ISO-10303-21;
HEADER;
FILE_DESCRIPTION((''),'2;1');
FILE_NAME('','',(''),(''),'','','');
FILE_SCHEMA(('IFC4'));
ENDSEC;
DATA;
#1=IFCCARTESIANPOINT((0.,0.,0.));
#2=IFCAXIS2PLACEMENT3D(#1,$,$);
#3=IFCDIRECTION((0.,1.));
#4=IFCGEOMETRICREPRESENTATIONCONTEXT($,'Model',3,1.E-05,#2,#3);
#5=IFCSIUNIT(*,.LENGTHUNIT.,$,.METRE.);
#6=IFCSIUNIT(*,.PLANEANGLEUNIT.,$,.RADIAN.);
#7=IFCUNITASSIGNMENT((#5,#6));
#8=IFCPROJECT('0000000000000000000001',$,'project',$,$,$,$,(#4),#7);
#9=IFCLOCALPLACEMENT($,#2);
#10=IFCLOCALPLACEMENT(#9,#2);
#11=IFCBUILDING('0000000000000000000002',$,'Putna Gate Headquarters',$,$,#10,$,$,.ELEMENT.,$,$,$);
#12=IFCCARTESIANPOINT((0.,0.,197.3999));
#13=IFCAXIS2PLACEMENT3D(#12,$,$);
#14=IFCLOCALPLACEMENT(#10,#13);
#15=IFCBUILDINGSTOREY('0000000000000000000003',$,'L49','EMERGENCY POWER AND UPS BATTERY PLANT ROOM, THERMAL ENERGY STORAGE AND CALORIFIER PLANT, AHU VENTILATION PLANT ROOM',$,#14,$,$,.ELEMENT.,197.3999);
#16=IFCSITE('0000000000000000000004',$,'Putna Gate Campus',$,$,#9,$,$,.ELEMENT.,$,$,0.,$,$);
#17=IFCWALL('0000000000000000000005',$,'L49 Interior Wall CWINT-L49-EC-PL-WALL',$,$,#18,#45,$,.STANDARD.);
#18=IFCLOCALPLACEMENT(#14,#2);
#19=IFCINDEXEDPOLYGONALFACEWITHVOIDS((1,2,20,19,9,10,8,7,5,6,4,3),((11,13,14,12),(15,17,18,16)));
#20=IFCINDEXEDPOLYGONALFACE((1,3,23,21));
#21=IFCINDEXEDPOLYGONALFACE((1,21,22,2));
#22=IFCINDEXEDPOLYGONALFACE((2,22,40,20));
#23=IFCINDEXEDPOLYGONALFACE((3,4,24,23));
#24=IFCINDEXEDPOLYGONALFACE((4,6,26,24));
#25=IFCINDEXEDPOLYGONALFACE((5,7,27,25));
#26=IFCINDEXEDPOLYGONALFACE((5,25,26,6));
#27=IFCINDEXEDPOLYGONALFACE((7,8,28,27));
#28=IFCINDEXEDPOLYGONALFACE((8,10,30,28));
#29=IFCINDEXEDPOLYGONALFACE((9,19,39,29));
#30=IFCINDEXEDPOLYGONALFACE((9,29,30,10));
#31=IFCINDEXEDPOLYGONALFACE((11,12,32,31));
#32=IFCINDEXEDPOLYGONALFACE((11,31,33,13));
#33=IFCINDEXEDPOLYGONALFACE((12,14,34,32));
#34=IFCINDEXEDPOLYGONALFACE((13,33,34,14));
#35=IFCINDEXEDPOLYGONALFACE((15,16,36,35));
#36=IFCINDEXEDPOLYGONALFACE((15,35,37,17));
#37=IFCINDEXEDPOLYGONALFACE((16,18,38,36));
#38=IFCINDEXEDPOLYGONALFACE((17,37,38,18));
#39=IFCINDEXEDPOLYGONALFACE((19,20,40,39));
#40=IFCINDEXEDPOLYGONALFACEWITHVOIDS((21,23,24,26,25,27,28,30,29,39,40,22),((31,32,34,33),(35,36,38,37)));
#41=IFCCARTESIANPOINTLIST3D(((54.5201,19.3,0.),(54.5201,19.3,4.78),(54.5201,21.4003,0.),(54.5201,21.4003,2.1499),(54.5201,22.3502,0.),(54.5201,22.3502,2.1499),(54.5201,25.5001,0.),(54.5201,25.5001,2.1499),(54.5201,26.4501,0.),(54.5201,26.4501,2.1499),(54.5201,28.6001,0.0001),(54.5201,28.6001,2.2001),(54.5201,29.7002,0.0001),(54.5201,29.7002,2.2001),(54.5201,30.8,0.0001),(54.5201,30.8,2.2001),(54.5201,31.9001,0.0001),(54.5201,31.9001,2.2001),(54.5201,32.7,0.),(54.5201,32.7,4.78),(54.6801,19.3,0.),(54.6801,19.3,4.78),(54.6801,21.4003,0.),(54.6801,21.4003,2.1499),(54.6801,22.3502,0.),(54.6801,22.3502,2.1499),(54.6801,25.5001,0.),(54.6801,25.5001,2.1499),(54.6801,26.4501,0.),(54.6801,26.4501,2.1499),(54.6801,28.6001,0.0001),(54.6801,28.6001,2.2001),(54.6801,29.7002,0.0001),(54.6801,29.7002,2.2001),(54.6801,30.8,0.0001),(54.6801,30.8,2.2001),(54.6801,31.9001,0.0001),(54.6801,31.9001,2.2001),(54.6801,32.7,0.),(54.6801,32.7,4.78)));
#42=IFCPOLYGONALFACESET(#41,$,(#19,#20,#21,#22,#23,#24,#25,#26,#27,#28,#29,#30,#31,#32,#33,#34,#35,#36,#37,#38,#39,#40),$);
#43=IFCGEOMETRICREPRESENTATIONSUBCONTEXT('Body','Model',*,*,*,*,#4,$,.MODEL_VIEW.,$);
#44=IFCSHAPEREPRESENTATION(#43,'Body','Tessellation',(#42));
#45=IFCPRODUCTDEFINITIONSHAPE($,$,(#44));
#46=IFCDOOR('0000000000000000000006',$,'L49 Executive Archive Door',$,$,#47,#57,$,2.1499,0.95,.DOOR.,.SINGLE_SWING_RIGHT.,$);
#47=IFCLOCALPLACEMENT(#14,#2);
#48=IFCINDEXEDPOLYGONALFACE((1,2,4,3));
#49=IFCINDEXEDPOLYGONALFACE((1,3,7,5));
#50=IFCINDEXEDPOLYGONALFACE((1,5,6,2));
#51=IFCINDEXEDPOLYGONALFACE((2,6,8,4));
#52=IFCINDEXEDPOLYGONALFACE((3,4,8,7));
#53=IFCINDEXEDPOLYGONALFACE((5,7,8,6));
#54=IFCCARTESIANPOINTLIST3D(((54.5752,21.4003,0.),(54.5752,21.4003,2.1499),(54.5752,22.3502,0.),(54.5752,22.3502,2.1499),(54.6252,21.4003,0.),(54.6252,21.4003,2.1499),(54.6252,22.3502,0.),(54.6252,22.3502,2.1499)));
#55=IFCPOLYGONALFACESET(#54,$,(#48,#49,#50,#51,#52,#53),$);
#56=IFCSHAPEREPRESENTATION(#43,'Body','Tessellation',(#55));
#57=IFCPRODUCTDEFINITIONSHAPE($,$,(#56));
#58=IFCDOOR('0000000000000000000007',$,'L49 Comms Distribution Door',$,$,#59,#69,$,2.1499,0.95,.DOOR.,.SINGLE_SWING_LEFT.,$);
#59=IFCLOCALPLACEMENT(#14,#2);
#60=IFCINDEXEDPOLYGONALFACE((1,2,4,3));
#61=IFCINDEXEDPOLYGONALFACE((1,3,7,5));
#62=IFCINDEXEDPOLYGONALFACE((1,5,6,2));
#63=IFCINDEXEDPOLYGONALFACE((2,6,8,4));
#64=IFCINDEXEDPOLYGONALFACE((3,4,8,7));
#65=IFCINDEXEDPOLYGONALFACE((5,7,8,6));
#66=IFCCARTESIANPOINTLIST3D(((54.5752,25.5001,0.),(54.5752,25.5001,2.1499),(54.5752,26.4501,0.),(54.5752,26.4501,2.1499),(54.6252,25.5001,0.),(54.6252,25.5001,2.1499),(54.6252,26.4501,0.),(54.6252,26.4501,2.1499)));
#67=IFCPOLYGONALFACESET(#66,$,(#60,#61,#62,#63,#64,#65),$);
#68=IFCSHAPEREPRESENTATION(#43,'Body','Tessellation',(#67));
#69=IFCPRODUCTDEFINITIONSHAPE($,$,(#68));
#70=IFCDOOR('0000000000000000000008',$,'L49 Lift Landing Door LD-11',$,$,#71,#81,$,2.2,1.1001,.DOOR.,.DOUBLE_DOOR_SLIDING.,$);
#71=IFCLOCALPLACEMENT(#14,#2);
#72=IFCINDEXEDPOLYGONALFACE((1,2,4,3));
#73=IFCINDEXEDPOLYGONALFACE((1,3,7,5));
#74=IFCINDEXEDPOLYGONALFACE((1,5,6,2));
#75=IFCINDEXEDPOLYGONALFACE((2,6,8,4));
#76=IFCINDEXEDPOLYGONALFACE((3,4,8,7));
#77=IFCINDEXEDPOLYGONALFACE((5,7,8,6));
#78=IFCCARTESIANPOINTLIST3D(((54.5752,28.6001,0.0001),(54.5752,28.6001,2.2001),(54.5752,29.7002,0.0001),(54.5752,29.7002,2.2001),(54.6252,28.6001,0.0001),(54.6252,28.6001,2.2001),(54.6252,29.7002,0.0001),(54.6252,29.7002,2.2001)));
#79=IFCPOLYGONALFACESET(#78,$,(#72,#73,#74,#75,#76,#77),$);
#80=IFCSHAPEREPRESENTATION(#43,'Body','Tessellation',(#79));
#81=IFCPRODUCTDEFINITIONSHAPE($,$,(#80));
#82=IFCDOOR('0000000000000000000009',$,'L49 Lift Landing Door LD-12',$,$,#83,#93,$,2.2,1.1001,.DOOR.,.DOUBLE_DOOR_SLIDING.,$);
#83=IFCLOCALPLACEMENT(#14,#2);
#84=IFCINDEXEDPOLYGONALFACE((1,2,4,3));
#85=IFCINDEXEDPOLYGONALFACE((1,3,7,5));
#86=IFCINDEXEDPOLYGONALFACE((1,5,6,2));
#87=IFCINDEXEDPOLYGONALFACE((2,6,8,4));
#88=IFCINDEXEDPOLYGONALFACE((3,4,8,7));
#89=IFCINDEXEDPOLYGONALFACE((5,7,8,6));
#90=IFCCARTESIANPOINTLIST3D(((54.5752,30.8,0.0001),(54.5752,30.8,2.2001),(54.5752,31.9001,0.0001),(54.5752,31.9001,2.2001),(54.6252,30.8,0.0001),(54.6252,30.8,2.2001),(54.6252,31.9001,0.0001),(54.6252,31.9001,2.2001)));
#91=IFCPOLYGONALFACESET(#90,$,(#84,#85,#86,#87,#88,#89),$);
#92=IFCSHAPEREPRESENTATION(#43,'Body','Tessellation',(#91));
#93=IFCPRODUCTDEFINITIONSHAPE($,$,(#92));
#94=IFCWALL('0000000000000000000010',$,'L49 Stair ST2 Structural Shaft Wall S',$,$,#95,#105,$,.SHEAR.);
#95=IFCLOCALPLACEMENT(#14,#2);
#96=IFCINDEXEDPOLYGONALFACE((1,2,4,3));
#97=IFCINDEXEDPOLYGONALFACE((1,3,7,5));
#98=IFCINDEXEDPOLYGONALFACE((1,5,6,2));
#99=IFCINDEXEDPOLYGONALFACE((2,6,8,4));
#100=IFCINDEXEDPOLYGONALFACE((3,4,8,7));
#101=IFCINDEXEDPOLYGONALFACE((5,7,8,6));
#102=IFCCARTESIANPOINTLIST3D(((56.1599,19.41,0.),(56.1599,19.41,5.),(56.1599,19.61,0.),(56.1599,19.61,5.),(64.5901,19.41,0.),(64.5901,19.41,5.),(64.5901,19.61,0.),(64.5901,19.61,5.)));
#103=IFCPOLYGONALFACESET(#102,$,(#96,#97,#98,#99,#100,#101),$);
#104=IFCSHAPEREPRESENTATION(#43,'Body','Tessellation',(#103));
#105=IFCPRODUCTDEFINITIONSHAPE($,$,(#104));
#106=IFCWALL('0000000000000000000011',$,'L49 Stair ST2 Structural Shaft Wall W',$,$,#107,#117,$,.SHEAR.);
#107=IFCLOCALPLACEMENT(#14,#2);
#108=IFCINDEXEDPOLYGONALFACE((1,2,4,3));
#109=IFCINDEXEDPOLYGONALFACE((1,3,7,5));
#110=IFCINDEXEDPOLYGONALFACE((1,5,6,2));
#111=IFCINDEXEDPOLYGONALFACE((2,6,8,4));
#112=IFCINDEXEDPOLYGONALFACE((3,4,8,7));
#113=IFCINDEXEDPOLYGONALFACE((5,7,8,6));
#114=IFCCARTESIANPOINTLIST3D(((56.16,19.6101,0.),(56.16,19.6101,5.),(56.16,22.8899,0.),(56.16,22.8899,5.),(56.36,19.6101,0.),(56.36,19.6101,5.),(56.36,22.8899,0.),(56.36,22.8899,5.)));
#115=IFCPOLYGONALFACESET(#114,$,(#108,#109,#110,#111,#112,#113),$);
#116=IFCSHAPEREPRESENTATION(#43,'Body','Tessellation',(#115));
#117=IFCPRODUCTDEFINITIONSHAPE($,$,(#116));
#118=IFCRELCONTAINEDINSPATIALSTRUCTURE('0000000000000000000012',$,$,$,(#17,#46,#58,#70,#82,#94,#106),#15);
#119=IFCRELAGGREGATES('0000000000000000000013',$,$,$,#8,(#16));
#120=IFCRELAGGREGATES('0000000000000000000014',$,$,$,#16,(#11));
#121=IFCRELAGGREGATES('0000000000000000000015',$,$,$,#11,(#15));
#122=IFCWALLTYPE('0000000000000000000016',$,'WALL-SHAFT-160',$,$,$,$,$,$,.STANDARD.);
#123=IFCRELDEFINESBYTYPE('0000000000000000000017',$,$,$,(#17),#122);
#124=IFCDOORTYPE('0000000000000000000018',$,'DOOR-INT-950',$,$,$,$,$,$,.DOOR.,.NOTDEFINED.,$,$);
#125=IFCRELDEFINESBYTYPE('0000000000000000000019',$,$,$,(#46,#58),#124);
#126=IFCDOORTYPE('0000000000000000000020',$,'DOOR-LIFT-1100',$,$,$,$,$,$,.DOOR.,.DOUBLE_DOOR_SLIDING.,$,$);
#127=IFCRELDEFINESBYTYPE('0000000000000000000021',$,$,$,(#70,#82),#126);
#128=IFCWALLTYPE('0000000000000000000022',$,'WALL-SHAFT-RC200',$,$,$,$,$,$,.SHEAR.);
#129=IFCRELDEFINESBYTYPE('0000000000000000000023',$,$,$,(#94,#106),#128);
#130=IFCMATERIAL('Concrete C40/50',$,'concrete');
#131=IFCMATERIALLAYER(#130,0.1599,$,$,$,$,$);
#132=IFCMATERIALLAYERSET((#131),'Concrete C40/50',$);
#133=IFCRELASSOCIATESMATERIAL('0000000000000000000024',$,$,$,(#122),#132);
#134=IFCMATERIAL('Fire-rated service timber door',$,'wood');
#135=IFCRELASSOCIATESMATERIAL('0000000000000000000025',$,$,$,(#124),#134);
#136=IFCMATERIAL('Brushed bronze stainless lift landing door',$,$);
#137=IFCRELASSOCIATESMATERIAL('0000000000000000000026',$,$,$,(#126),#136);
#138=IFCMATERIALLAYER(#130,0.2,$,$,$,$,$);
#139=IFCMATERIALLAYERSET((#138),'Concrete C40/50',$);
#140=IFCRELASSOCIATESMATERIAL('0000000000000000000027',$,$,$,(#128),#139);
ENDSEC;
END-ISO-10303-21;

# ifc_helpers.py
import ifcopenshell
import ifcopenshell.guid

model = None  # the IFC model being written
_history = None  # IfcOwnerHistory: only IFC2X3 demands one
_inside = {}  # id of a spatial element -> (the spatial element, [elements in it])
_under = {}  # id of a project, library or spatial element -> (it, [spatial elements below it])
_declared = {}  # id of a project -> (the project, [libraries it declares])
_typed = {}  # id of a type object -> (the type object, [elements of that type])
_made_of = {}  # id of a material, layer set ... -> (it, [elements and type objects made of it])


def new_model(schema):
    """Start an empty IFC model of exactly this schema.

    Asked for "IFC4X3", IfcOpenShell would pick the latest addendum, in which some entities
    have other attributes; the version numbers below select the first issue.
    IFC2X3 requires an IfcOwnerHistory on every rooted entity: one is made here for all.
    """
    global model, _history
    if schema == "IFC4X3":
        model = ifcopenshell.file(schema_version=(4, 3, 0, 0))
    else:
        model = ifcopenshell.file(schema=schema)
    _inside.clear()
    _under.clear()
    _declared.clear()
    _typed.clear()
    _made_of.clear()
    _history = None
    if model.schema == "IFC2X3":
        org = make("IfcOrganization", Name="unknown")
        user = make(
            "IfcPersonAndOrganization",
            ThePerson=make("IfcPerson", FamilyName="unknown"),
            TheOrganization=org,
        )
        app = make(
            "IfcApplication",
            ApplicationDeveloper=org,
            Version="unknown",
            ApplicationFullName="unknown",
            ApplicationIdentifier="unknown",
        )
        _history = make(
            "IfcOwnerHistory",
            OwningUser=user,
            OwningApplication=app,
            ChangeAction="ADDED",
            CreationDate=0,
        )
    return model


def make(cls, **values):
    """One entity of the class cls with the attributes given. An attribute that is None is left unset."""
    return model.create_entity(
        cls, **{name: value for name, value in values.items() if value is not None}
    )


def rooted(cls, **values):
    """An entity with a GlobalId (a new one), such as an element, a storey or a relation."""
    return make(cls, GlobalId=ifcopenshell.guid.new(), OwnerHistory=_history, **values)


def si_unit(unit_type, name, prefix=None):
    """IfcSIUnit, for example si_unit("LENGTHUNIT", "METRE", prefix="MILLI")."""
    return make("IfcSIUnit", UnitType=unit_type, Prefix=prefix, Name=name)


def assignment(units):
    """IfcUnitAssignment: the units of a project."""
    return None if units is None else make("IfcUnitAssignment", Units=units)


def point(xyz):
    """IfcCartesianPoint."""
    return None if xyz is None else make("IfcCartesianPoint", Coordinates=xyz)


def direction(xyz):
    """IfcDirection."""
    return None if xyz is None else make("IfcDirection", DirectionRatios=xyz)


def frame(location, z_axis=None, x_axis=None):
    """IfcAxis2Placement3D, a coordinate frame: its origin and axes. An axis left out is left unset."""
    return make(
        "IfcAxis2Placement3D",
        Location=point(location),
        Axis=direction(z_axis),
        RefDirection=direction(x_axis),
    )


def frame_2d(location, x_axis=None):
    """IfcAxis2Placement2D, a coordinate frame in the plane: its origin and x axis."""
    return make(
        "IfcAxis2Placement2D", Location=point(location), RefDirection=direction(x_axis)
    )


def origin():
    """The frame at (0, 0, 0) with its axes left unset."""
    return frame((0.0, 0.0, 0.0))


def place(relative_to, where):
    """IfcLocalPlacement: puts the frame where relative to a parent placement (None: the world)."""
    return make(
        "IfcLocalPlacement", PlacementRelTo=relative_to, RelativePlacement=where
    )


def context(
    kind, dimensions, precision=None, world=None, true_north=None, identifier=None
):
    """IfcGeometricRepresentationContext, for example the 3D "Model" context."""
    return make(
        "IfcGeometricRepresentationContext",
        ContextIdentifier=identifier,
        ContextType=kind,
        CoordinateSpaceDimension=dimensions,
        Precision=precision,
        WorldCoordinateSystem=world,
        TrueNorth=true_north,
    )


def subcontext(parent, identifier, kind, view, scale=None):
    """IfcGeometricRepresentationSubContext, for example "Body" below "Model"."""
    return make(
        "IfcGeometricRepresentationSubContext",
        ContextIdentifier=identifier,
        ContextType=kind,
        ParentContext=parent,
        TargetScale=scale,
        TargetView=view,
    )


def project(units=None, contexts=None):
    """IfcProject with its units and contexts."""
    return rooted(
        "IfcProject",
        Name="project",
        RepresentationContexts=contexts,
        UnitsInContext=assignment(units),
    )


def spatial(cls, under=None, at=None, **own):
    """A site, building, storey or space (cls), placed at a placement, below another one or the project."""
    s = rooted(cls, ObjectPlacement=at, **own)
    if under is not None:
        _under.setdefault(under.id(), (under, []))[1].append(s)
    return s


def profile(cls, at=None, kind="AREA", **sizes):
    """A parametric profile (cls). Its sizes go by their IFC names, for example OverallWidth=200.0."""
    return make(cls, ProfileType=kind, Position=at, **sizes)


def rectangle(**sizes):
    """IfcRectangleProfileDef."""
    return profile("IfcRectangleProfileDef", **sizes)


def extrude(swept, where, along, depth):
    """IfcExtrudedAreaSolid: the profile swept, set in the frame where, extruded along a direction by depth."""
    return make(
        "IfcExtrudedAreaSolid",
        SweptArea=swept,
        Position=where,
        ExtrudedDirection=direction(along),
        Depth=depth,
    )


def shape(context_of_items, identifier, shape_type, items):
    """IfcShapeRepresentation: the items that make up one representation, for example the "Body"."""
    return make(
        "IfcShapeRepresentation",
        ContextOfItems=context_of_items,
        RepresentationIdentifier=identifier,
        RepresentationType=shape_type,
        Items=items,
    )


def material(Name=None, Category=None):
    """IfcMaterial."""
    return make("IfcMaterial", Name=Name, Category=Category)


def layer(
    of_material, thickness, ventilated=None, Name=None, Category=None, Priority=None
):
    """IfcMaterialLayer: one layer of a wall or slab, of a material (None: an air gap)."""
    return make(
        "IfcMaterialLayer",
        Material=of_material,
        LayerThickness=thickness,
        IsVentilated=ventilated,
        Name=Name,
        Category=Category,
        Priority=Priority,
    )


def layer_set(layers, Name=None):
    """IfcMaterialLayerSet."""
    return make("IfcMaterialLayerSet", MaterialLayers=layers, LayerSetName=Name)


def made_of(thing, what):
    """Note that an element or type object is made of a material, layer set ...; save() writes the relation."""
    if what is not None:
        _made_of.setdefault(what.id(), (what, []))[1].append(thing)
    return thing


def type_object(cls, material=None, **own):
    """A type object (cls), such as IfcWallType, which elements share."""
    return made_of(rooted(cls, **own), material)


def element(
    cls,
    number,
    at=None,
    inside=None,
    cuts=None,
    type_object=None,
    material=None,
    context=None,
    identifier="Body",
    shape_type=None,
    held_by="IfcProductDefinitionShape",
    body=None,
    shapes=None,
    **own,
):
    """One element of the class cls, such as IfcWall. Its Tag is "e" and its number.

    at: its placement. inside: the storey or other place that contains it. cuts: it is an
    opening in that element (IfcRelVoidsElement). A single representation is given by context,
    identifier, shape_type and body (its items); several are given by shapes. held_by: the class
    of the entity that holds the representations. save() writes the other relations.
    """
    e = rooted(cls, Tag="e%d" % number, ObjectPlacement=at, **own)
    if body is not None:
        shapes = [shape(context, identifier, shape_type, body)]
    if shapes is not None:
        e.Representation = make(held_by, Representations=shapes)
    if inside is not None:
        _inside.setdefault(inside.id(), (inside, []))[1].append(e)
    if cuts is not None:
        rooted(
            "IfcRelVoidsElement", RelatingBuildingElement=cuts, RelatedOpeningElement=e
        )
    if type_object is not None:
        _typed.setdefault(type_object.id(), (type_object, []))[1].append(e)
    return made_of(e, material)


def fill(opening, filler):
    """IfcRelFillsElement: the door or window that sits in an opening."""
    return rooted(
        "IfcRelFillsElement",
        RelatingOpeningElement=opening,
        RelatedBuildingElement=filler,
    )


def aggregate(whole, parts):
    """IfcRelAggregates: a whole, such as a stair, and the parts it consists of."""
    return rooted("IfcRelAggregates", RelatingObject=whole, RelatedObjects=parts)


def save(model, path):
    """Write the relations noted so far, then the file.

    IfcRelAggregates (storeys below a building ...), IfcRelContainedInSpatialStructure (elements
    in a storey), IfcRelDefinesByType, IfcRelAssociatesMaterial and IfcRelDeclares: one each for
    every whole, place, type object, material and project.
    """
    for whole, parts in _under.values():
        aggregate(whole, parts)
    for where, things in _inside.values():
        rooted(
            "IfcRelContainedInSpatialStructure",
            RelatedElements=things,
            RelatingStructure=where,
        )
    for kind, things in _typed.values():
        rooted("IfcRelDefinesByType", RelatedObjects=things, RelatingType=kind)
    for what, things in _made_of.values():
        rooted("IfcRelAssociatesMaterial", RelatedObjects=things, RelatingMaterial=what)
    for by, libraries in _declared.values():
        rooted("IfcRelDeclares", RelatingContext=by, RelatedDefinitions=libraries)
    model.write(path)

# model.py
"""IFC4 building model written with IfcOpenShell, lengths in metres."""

from ifc_helpers import new_model, si_unit, direction, frame, frame_2d, origin, place, context, subcontext, project, spatial, rectangle, extrude, material, layer, layer_set, type_object, element, fill, save


model = new_model("IFC4")

# Units and contexts
model_context = context("Model", 3, precision=1e-05, world=origin(), true_north=direction((0.0, 1.0)))
body_context = subcontext(model_context, "Body", "Model", "MODEL_VIEW")
ifc_project = project(units=[si_unit("LENGTHUNIT", "METRE"), si_unit("PLANEANGLEUNIT", "RADIAN")], contexts=[model_context])

# Site, building, storey
site_placement = place(None, origin())
site = spatial("IfcSite", under=ifc_project, at=site_placement, Name="Putna Gate Campus", CompositionType="ELEMENT", RefElevation=0.0)
building_placement = place(site_placement, origin())
building = spatial("IfcBuilding", under=site, at=building_placement, Name="Putna Gate Headquarters", CompositionType="ELEMENT")
storey_placement = place(building_placement, frame((0.0, 0.0, 197.3999)))
storey = spatial("IfcBuildingStorey", under=building, at=storey_placement, Name="L49", Description="EMERGENCY POWER AND UPS BATTERY PLANT ROOM, THERMAL ENERGY STORAGE AND CALORIFIER PLANT, AHU VENTILATION PLANT ROOM", CompositionType="ELEMENT", Elevation=197.3999)

# Wall, openings, doors
ifc_material_1 = material(Name="Concrete C40/50", Category="concrete")
ifc_layer_1 = layer(ifc_material_1, 0.1599)
ifc_layer_set_1 = layer_set([ifc_layer_1], Name="Concrete C40/50")
wall_type_1 = type_object("IfcWallType", Name="WALL-SHAFT-160", PredefinedType="STANDARD", material=ifc_layer_set_1)
wall_1_placement = place(storey_placement, frame((54.6001, 19.3, 0.0), z_axis=(0.0, 0.0, 1.0), x_axis=(0.0, 1.0, 0.0)))
wall_1 = element("IfcWall", 1, at=wall_1_placement, inside=storey, type_object=wall_type_1, Name="L49 Interior Wall CWINT-L49-EC-PL-WALL", PredefinedType="STANDARD", context=body_context, shape_type="SweptSolid", body=[
    extrude(rectangle(XDim=13.3999, YDim=0.1599, at=frame_2d((6.7, 0.0))), origin(), (0.0, 0.0, 1.0), 4.78),
])
opening_1_placement = place(wall_1_placement, frame((2.1001, 0.0, 0.0)))
opening_1 = element("IfcOpeningElement", 2, at=opening_1_placement, cuts=wall_1, PredefinedType="OPENING", context=body_context, shape_type="SweptSolid", body=[
    extrude(rectangle(XDim=0.95, YDim=2.1499, at=frame_2d((0.4751, 1.075))), frame((0.0, 0.0898, 0.0), z_axis=(0.0, -1.0, 0.0), x_axis=(1.0, 0.0, 0.0)), (0.0, 0.0, 1.0), 0.1799),
])
opening_2_placement = place(wall_1_placement, frame((6.2, 0.0, 0.0)))
opening_2 = element("IfcOpeningElement", 3, at=opening_2_placement, cuts=wall_1, PredefinedType="OPENING", context=body_context, shape_type="SweptSolid", body=[
    extrude(rectangle(XDim=0.95, YDim=2.1499, at=frame_2d((0.4751, 1.075))), frame((0.0, 0.0898, 0.0), z_axis=(0.0, -1.0, 0.0), x_axis=(1.0, 0.0, 0.0)), (0.0, 0.0, 1.0), 0.1799),
])
opening_3_placement = place(wall_1_placement, frame((9.3, 0.0, 0.0)))
opening_3 = element("IfcOpeningElement", 4, at=opening_3_placement, cuts=wall_1, PredefinedType="OPENING", context=body_context, shape_type="SweptSolid", body=[
    extrude(rectangle(XDim=1.1001, YDim=2.2, at=frame_2d((0.55, 1.1001))), frame((0.0, 0.0898, 0.0), z_axis=(0.0, -1.0, 0.0), x_axis=(1.0, 0.0, 0.0)), (0.0, 0.0, 1.0), 0.1799),
])
opening_4_placement = place(wall_1_placement, frame((11.5, 0.0, 0.0)))
opening_4 = element("IfcOpeningElement", 5, at=opening_4_placement, cuts=wall_1, PredefinedType="OPENING", context=body_context, shape_type="SweptSolid", body=[
    extrude(rectangle(XDim=1.1001, YDim=2.2, at=frame_2d((0.55, 1.1001))), frame((0.0, 0.0898, 0.0), z_axis=(0.0, -1.0, 0.0), x_axis=(1.0, 0.0, 0.0)), (0.0, 0.0, 1.0), 0.1799),
])
ifc_material_2 = material(Name="Fire-rated service timber door", Category="wood")
door_type_1 = type_object("IfcDoorType", Name="DOOR-INT-950", OperationType="NOTDEFINED", PredefinedType="DOOR", material=ifc_material_2)
door_1_placement = place(opening_1_placement, origin())
door_1 = element("IfcDoor", 6, at=door_1_placement, inside=storey, type_object=door_type_1, Name="L49 Executive Archive Door", OperationType="SINGLE_SWING_RIGHT", OverallHeight=2.1499, OverallWidth=0.95, PredefinedType="DOOR", context=body_context, shape_type="SweptSolid", body=[
    extrude(rectangle(XDim=0.95, YDim=2.1499, at=frame_2d((0.4751, 1.075))), frame((0.0, 0.0249, 0.0), z_axis=(0.0, -1.0, 0.0), x_axis=(1.0, 0.0, 0.0)), (0.0, 0.0, 1.0), 0.05),
])
fill(opening_1, door_1)
door_2_placement = place(opening_2_placement, origin())
door_2 = element("IfcDoor", 7, at=door_2_placement, inside=storey, type_object=door_type_1, Name="L49 Comms Distribution Door", OperationType="SINGLE_SWING_LEFT", OverallHeight=2.1499, OverallWidth=0.95, PredefinedType="DOOR", context=body_context, shape_type="SweptSolid", body=[
    extrude(rectangle(XDim=0.95, YDim=2.1499, at=frame_2d((0.4751, 1.075))), frame((0.0, 0.0249, 0.0), z_axis=(0.0, -1.0, 0.0), x_axis=(1.0, 0.0, 0.0)), (0.0, 0.0, 1.0), 0.05),
])
fill(opening_2, door_2)
ifc_material_3 = material(Name="Brushed bronze stainless lift landing door")
door_type_2 = type_object("IfcDoorType", Name="DOOR-LIFT-1100", OperationType="DOUBLE_DOOR_SLIDING", PredefinedType="DOOR", material=ifc_material_3)
door_3_placement = place(opening_3_placement, origin())
door_3 = element("IfcDoor", 8, at=door_3_placement, inside=storey, type_object=door_type_2, Name="L49 Lift Landing Door LD-11", OperationType="DOUBLE_DOOR_SLIDING", OverallHeight=2.2, OverallWidth=1.1001, PredefinedType="DOOR", context=body_context, shape_type="SweptSolid", body=[
    extrude(rectangle(XDim=1.1001, YDim=2.2, at=frame_2d((0.55, 1.1001))), frame((0.0, 0.0249, 0.0), z_axis=(0.0, -1.0, 0.0), x_axis=(1.0, 0.0, 0.0)), (0.0, 0.0, 1.0), 0.05),
])
fill(opening_3, door_3)
door_4_placement = place(opening_4_placement, origin())
door_4 = element("IfcDoor", 9, at=door_4_placement, inside=storey, type_object=door_type_2, Name="L49 Lift Landing Door LD-12", OperationType="DOUBLE_DOOR_SLIDING", OverallHeight=2.2, OverallWidth=1.1001, PredefinedType="DOOR", context=body_context, shape_type="SweptSolid", body=[
    extrude(rectangle(XDim=1.1001, YDim=2.2, at=frame_2d((0.55, 1.1001))), frame((0.0, 0.0249, 0.0), z_axis=(0.0, -1.0, 0.0), x_axis=(1.0, 0.0, 0.0)), (0.0, 0.0, 1.0), 0.05),
])
fill(opening_4, door_4)

# Walls
ifc_layer_2 = layer(ifc_material_1, 0.2)
ifc_layer_set_2 = layer_set([ifc_layer_2], Name="Concrete C40/50")
wall_type_2 = type_object("IfcWallType", Name="WALL-SHAFT-RC200", PredefinedType="SHEAR", material=ifc_layer_set_2)
wall_2_placement = place(storey_placement, frame((56.1599, 19.51, 0.0), z_axis=(0.0, 0.0, 1.0), x_axis=(1.0, 0.0, 0.0)))
element("IfcWall", 10, at=wall_2_placement, inside=storey, type_object=wall_type_2, Name="L49 Stair ST2 Structural Shaft Wall S", PredefinedType="SHEAR", context=body_context, shape_type="SweptSolid", body=[
    extrude(rectangle(XDim=8.4302, YDim=0.2, at=frame_2d((4.2151, 0.0))), origin(), (0.0, 0.0, 1.0), 5.0),
])
wall_3_placement = place(storey_placement, frame((56.26, 19.6101, 0.0), z_axis=(0.0, 0.0, 1.0), x_axis=(0.0, 1.0, 0.0)))
element("IfcWall", 11, at=wall_3_placement, inside=storey, type_object=wall_type_2, Name="L49 Stair ST2 Structural Shaft Wall W", PredefinedType="SHEAR", context=body_context, shape_type="SweptSolid", body=[
    extrude(rectangle(XDim=3.2798, YDim=0.2, at=frame_2d((1.6399, 0.0))), origin(), (0.0, 0.0, 1.0), 5.0),
])

save(model, "model.ifc")
